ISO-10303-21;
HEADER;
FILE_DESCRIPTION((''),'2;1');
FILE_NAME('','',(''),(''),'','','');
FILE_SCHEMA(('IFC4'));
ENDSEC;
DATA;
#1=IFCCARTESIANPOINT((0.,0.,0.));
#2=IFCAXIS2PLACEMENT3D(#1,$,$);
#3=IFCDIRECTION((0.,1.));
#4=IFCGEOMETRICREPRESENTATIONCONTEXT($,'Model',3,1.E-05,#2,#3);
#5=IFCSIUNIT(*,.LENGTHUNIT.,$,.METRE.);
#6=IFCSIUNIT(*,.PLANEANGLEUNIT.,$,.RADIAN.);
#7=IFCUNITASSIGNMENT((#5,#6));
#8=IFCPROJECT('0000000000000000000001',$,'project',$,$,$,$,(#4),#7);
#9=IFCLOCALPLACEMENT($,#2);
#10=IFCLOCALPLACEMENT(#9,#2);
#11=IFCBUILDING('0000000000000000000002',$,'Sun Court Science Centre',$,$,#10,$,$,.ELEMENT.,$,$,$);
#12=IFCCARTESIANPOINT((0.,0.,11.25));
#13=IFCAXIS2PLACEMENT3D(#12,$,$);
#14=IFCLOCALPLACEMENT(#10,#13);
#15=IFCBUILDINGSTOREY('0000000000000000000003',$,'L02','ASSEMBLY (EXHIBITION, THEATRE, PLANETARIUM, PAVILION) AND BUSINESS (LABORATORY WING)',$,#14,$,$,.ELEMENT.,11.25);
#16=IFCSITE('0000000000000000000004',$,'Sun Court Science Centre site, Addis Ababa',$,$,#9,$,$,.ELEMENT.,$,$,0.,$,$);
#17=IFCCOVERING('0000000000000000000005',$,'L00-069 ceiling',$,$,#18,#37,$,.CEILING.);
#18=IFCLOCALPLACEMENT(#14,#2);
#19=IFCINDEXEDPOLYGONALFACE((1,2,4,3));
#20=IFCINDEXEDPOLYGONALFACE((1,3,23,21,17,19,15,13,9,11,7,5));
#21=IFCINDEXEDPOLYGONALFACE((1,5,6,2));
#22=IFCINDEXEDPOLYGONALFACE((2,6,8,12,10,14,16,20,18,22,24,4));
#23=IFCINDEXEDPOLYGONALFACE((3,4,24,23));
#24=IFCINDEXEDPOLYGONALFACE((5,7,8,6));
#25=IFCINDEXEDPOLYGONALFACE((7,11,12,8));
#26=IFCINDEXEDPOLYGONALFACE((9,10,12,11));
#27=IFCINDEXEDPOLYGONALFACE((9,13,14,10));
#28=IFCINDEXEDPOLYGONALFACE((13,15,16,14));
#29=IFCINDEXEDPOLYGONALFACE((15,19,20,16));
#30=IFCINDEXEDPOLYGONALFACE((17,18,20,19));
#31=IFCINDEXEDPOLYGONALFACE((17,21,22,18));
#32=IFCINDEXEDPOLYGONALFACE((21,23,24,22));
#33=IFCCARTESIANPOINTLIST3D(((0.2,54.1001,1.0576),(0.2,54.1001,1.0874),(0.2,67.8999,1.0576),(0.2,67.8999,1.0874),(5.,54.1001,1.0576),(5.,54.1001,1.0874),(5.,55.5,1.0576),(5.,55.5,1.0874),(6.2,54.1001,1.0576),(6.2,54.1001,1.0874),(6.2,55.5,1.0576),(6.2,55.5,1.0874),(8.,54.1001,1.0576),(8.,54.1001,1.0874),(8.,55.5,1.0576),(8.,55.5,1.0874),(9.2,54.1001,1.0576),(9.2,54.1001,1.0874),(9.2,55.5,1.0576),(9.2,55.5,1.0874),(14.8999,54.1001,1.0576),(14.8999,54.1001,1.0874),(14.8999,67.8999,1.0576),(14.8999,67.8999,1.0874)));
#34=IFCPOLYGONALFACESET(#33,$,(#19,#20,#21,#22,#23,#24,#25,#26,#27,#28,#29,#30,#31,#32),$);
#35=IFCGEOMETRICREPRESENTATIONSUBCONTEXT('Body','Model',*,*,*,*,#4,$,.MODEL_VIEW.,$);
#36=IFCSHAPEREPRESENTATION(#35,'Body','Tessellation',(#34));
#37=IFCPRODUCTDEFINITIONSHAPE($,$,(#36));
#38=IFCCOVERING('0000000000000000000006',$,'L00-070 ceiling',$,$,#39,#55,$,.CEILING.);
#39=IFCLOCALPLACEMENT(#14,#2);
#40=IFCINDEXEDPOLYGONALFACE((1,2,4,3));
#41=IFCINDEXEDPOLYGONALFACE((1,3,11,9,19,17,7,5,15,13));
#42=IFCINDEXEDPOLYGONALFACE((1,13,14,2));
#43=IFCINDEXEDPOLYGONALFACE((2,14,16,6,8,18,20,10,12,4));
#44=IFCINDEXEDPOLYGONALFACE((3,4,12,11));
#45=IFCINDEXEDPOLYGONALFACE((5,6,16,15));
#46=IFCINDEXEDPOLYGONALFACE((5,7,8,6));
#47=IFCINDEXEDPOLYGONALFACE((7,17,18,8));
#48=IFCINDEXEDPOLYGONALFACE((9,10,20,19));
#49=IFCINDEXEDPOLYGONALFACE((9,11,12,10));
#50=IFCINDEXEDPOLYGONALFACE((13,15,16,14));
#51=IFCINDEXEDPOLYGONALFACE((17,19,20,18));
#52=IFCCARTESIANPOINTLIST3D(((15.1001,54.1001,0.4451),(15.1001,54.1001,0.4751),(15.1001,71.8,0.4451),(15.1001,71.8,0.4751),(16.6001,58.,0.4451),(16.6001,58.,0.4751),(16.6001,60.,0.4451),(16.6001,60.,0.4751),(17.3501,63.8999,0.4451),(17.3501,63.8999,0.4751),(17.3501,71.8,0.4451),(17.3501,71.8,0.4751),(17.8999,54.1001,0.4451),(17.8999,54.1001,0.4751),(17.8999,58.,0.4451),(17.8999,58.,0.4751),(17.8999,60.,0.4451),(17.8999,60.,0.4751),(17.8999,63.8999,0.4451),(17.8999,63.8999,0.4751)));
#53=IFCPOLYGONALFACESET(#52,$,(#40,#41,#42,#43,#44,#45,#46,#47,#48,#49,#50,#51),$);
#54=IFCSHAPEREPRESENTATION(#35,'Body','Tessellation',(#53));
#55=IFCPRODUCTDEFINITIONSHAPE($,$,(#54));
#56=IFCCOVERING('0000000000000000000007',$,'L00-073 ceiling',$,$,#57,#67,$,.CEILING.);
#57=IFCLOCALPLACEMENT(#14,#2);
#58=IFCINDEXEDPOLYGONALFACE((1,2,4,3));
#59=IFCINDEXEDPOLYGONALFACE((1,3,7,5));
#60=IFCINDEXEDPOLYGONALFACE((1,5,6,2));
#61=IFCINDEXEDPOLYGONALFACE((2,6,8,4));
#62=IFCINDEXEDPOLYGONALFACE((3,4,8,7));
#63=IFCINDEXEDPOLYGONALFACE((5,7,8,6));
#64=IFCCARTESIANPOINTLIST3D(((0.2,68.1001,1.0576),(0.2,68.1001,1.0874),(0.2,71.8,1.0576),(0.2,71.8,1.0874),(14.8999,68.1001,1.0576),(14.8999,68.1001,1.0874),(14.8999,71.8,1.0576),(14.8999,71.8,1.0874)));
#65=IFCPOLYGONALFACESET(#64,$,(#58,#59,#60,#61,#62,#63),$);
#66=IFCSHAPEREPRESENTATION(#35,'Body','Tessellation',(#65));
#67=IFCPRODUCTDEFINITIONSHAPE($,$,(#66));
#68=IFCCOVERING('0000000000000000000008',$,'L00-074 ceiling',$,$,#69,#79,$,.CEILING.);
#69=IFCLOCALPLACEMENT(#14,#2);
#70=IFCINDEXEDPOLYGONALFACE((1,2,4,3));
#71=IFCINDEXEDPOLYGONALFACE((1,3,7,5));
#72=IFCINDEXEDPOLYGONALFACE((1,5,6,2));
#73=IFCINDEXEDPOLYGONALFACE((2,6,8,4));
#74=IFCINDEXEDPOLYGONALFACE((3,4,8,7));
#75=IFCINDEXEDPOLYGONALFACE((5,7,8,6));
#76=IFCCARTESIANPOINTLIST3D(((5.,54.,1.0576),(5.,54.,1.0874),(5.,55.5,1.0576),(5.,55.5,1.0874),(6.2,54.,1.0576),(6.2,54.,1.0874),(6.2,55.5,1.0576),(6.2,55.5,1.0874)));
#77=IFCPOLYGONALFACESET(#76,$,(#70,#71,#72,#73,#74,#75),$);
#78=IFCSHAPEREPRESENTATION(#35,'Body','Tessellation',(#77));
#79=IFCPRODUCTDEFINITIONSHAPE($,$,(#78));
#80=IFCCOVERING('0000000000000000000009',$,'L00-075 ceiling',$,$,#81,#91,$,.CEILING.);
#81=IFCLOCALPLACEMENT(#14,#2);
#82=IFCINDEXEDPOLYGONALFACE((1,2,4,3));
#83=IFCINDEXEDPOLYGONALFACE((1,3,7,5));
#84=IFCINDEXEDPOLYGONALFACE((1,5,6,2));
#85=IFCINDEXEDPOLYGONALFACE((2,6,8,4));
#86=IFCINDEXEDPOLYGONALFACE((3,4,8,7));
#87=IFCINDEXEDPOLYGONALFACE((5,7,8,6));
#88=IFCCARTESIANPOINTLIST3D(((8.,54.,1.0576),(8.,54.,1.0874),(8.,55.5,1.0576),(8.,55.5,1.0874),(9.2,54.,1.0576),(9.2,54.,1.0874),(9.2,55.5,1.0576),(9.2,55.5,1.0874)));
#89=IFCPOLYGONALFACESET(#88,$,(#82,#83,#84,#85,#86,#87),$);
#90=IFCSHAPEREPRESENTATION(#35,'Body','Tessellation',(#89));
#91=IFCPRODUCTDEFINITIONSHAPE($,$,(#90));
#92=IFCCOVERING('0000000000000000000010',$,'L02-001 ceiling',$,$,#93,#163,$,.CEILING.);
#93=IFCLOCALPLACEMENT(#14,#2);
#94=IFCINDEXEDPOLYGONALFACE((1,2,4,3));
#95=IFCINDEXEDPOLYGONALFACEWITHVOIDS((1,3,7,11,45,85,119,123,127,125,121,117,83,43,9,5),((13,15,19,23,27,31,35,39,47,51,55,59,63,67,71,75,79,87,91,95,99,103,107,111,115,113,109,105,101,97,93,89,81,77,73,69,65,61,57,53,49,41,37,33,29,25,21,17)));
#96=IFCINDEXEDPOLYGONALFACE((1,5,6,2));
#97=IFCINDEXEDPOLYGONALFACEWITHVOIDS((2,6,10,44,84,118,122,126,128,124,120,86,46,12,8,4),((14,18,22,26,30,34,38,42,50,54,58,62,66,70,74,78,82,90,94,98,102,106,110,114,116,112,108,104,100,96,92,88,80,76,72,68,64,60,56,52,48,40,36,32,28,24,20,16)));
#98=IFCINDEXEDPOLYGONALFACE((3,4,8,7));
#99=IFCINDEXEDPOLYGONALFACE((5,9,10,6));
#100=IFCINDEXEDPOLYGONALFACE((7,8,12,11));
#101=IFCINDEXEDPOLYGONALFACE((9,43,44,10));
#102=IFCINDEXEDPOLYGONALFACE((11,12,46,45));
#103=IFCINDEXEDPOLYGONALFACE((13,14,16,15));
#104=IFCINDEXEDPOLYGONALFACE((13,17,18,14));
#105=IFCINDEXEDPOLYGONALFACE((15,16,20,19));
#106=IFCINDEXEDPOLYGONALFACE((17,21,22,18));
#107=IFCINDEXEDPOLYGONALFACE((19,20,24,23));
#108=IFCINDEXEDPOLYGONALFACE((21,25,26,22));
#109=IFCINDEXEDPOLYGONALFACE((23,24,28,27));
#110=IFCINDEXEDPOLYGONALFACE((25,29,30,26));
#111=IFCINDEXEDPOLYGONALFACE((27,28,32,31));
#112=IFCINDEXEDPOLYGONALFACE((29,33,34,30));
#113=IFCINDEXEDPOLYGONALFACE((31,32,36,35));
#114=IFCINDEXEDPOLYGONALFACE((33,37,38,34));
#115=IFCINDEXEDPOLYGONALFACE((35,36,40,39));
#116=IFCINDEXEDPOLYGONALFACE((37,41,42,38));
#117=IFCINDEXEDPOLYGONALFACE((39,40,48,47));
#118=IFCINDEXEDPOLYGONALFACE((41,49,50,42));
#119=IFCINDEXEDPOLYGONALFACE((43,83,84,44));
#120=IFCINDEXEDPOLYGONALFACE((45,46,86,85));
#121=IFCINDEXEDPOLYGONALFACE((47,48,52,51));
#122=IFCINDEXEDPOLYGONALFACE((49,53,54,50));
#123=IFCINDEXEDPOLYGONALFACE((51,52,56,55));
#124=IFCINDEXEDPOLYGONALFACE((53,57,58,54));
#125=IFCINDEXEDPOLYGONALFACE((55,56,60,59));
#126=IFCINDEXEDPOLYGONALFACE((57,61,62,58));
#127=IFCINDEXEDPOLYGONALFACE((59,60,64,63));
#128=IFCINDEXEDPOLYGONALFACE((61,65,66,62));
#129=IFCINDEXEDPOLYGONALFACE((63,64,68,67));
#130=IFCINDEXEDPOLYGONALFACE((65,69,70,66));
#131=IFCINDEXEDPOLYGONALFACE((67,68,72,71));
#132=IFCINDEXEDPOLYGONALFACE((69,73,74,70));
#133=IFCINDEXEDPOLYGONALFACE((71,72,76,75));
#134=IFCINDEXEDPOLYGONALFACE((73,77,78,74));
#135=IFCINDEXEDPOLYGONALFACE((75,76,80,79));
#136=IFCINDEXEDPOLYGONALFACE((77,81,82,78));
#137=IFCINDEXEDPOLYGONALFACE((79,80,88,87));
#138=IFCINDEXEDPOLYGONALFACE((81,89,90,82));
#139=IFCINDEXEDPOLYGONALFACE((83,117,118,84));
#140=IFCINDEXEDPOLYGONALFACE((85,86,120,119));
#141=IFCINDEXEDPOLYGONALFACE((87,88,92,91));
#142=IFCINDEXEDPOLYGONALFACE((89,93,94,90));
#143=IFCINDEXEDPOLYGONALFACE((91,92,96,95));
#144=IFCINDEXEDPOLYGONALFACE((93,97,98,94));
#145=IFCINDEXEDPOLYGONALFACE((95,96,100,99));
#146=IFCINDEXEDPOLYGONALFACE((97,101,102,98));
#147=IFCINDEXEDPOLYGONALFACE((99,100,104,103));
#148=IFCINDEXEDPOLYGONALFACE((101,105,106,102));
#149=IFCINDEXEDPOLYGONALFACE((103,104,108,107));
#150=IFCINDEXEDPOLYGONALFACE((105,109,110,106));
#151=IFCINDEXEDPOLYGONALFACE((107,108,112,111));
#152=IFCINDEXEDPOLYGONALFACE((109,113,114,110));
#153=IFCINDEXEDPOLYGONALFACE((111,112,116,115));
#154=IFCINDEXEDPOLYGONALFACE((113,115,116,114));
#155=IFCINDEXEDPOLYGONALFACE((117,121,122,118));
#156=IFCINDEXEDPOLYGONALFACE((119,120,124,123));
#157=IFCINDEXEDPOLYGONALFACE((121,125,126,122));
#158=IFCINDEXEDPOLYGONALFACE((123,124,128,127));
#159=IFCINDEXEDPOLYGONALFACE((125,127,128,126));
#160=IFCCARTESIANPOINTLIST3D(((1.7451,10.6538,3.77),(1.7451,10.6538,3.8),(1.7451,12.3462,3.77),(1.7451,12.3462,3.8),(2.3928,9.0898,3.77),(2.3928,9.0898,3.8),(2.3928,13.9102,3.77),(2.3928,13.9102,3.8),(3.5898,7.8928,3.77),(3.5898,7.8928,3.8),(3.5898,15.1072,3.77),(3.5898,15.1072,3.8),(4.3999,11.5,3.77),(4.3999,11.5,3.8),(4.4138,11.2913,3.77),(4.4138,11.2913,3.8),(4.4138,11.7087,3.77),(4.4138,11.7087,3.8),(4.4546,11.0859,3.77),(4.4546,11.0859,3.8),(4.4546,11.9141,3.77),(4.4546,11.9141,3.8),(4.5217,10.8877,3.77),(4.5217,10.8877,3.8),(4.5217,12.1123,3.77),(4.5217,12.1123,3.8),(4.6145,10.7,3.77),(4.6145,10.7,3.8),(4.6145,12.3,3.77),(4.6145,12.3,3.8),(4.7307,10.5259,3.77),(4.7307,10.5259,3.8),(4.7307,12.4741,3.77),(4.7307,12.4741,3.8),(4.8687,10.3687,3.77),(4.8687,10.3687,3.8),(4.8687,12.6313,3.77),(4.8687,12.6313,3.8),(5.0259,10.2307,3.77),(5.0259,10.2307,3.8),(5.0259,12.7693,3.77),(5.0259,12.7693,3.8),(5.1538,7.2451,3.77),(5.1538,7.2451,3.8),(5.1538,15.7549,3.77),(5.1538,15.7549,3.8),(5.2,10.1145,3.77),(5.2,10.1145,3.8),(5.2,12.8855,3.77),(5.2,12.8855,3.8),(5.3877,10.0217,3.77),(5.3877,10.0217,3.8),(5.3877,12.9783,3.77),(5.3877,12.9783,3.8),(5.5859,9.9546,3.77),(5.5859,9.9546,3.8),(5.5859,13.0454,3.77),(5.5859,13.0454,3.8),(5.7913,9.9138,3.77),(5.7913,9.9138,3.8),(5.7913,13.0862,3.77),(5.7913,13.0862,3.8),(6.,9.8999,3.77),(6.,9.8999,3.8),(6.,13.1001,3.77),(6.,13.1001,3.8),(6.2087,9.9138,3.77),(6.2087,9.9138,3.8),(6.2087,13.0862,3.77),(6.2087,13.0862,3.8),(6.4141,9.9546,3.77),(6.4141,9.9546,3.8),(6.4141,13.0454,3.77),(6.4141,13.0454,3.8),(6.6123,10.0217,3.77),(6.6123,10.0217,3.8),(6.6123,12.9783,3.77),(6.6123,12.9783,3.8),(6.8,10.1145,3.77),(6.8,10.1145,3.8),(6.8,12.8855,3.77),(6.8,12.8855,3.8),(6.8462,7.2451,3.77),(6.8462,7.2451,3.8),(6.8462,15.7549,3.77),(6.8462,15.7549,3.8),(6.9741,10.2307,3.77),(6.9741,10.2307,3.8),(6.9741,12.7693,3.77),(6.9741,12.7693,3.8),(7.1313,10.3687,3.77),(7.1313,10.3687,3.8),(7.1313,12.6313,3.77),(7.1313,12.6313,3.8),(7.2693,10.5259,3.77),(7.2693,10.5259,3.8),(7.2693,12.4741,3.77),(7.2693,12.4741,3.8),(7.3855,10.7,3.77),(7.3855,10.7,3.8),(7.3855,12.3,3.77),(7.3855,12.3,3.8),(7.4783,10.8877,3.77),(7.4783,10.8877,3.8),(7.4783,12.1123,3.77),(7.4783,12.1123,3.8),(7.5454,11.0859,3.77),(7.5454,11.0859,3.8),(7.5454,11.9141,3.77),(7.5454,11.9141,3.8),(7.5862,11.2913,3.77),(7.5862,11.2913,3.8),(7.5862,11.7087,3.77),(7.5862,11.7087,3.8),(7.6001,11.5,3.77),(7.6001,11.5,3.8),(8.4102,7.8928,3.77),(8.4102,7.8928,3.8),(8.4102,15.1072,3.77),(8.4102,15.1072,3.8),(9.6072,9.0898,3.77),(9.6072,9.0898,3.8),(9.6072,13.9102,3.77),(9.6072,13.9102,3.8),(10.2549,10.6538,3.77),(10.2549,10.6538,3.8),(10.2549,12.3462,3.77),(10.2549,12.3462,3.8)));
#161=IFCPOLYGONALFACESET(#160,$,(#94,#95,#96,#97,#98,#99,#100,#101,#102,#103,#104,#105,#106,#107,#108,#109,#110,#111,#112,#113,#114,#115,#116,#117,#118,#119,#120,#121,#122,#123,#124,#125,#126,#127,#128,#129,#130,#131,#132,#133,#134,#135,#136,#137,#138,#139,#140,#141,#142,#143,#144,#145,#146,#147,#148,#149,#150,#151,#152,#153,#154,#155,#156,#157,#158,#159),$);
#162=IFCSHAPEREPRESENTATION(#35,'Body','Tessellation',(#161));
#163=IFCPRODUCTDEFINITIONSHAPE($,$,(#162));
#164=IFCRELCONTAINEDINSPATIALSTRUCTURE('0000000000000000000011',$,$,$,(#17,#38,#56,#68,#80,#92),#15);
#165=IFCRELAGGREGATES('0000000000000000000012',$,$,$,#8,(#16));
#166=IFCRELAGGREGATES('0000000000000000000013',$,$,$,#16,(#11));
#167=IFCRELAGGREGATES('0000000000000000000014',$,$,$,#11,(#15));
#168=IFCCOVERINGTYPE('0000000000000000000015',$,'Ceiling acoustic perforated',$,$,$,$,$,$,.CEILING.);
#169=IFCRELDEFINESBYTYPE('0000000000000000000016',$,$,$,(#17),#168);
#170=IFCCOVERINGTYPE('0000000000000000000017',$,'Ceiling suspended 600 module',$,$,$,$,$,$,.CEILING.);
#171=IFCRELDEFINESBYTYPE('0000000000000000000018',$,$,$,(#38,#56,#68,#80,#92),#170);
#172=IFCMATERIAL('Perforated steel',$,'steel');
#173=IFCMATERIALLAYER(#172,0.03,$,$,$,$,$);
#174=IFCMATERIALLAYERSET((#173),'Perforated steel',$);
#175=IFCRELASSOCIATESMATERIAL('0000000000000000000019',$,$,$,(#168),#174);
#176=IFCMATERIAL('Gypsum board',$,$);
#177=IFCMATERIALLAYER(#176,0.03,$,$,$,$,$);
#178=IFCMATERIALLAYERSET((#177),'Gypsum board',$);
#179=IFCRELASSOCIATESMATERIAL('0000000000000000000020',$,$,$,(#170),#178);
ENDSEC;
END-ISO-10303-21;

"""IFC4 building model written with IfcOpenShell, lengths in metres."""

from ifc_helpers import new_model, si_unit, direction, frame, origin, place, context, subcontext, project, spatial, polyline, outline, extrude, material, layer, layer_set, type_object, element, save


model = new_model("IFC4")

# Units and contexts
model_context = context("Model", 3, precision=1e-05, world=origin(), true_north=direction((0.0, 1.0)))
body_context = subcontext(model_context, "Body", "Model", "MODEL_VIEW")
ifc_project = project(units=[si_unit("LENGTHUNIT", "METRE"), si_unit("PLANEANGLEUNIT", "RADIAN")], contexts=[model_context])

# Site, building, storey
site_placement = place(None, origin())
site = spatial("IfcSite", under=ifc_project, at=site_placement, Name="Sun Court Science Centre site, Addis Ababa", CompositionType="ELEMENT", RefElevation=0.0)
building_placement = place(site_placement, origin())
building = spatial("IfcBuilding", under=site, at=building_placement, Name="Sun Court Science Centre", CompositionType="ELEMENT")
storey_placement = place(building_placement, frame((0.0, 0.0, 11.25)))
storey = spatial("IfcBuildingStorey", under=building, at=storey_placement, Name="L02", Description="ASSEMBLY (EXHIBITION, THEATRE, PLANETARIUM, PAVILION) AND BUSINESS (LABORATORY WING)", CompositionType="ELEMENT", Elevation=11.25)

# Coverings
ifc_material_1 = material(Name="Perforated steel", Category="steel")
ifc_layer_1 = layer(ifc_material_1, 0.03)
ifc_layer_set_1 = layer_set([ifc_layer_1], Name="Perforated steel")
covering_type_1 = type_object("IfcCoveringType", Name="Ceiling acoustic perforated", PredefinedType="CEILING", material=ifc_layer_set_1)
covering_1_placement = place(storey_placement, frame((0.0, 0.0, 1.0576)))
element("IfcCovering", 1, at=covering_1_placement, inside=storey, type_object=covering_type_1, Name="L00-069 ceiling", PredefinedType="CEILING", context=body_context, shape_type="SweptSolid", body=[
    extrude(outline(polyline([(9.2, 55.5), (8.0, 55.5), (8.0, 54.1001), (6.2, 54.1001), (6.2, 55.5), (5.0, 55.5), (5.0, 54.1001), (0.2, 54.1001), (0.2, 67.8999), (14.8999, 67.8999), (14.8999, 54.1001), (9.2, 54.1001), (9.2, 55.5)])), origin(), (0.0, 0.0, 1.0), 0.0298),
])
ifc_material_2 = material(Name="Gypsum board")
ifc_layer_2 = layer(ifc_material_2, 0.03)
ifc_layer_set_2 = layer_set([ifc_layer_2], Name="Gypsum board")
covering_type_2 = type_object("IfcCoveringType", Name="Ceiling suspended 600 module", PredefinedType="CEILING", material=ifc_layer_set_2)
covering_2_placement = place(storey_placement, frame((0.0, 0.0, 0.4451)))
element("IfcCovering", 2, at=covering_2_placement, inside=storey, type_object=covering_type_2, Name="L00-070 ceiling", PredefinedType="CEILING", context=body_context, shape_type="SweptSolid", body=[
    extrude(outline(polyline([(17.3501, 63.8999), (17.8999, 63.8999), (17.8999, 60.0), (16.6001, 60.0), (16.6001, 58.0), (17.8999, 58.0), (17.8999, 54.1001), (15.1001, 54.1001), (15.1001, 71.8), (17.3501, 71.8), (17.3501, 63.8999)])), origin(), (0.0, 0.0, 1.0), 0.03),
])
covering_3_placement = place(storey_placement, frame((0.0, 0.0, 1.0576)))
element("IfcCovering", 3, at=covering_3_placement, inside=storey, type_object=covering_type_2, Name="L00-073 ceiling", PredefinedType="CEILING", context=body_context, shape_type="SweptSolid", body=[
    extrude(outline(polyline([(0.2, 71.8), (14.8999, 71.8), (14.8999, 68.1001), (0.2, 68.1001), (0.2, 71.8)])), origin(), (0.0, 0.0, 1.0), 0.0298),
])
covering_4_placement = place(storey_placement, frame((0.0, 0.0, 1.0576)))
element("IfcCovering", 4, at=covering_4_placement, inside=storey, type_object=covering_type_2, Name="L00-074 ceiling", PredefinedType="CEILING", context=body_context, shape_type="SweptSolid", body=[
    extrude(outline(polyline([(6.2, 55.5), (6.2, 54.0), (5.0, 54.0), (5.0, 55.5), (6.2, 55.5)])), origin(), (0.0, 0.0, 1.0), 0.0298),
])
covering_5_placement = place(storey_placement, frame((0.0, 0.0, 1.0576)))
element("IfcCovering", 5, at=covering_5_placement, inside=storey, type_object=covering_type_2, Name="L00-075 ceiling", PredefinedType="CEILING", context=body_context, shape_type="SweptSolid", body=[
    extrude(outline(polyline([(9.2, 55.5), (9.2, 54.0), (8.0, 54.0), (8.0, 55.5), (9.2, 55.5)])), origin(), (0.0, 0.0, 1.0), 0.0298),
])
covering_6_placement = place(storey_placement, frame((0.0, 0.0, 3.77)))
element("IfcCovering", 6, at=covering_6_placement, inside=storey, type_object=covering_type_2, Name="L02-001 ceiling", PredefinedType="CEILING", context=body_context, shape_type="SweptSolid", body=[
    extrude(outline(polyline([(9.6072, 9.0898), (8.4102, 7.8928), (6.8462, 7.2451), (5.1538, 7.2451), (3.5898, 7.8928), (2.3928, 9.0898), (1.7451, 10.6538), (1.7451, 12.3462), (2.3928, 13.9102), (3.5898, 15.1072), (5.1538, 15.7549), (6.8462, 15.7549), (8.4102, 15.1072), (9.6072, 13.9102), (10.2549, 12.3462), (10.2549, 10.6538), (9.6072, 9.0898)]), holes=[polyline([(7.4783, 12.1123), (7.3855, 12.3), (7.2693, 12.4741), (7.1313, 12.6313), (6.9741, 12.7693), (6.8, 12.8855), (6.6123, 12.9783), (6.4141, 13.0454), (6.2087, 13.0862), (6.0, 13.1001), (5.7913, 13.0862), (5.5859, 13.0454), (5.3877, 12.9783), (5.2, 12.8855), (5.0259, 12.7693), (4.8687, 12.6313), (4.7307, 12.4741), (4.6145, 12.3), (4.5217, 12.1123), (4.4546, 11.9141), (4.4138, 11.7087), (4.3999, 11.5), (4.4138, 11.2913), (4.4546, 11.0859), (4.5217, 10.8877), (4.6145, 10.7), (4.7307, 10.5259), (4.8687, 10.3687), (5.0259, 10.2307), (5.2, 10.1145), (5.3877, 10.0217), (5.5859, 9.9546), (5.7913, 9.9138), (6.0, 9.8999), (6.2087, 9.9138), (6.4141, 9.9546), (6.6123, 10.0217), (6.8, 10.1145), (6.9741, 10.2307), (7.1313, 10.3687), (7.2693, 10.5259), (7.3855, 10.7), (7.4783, 10.8877), (7.5454, 11.0859), (7.5862, 11.2913), (7.6001, 11.5), (7.5862, 11.7087), (7.5454, 11.9141), (7.4783, 12.1123)])]), origin(), (0.0, 0.0, 1.0), 0.03),
])

save(model, "model.ifc")
